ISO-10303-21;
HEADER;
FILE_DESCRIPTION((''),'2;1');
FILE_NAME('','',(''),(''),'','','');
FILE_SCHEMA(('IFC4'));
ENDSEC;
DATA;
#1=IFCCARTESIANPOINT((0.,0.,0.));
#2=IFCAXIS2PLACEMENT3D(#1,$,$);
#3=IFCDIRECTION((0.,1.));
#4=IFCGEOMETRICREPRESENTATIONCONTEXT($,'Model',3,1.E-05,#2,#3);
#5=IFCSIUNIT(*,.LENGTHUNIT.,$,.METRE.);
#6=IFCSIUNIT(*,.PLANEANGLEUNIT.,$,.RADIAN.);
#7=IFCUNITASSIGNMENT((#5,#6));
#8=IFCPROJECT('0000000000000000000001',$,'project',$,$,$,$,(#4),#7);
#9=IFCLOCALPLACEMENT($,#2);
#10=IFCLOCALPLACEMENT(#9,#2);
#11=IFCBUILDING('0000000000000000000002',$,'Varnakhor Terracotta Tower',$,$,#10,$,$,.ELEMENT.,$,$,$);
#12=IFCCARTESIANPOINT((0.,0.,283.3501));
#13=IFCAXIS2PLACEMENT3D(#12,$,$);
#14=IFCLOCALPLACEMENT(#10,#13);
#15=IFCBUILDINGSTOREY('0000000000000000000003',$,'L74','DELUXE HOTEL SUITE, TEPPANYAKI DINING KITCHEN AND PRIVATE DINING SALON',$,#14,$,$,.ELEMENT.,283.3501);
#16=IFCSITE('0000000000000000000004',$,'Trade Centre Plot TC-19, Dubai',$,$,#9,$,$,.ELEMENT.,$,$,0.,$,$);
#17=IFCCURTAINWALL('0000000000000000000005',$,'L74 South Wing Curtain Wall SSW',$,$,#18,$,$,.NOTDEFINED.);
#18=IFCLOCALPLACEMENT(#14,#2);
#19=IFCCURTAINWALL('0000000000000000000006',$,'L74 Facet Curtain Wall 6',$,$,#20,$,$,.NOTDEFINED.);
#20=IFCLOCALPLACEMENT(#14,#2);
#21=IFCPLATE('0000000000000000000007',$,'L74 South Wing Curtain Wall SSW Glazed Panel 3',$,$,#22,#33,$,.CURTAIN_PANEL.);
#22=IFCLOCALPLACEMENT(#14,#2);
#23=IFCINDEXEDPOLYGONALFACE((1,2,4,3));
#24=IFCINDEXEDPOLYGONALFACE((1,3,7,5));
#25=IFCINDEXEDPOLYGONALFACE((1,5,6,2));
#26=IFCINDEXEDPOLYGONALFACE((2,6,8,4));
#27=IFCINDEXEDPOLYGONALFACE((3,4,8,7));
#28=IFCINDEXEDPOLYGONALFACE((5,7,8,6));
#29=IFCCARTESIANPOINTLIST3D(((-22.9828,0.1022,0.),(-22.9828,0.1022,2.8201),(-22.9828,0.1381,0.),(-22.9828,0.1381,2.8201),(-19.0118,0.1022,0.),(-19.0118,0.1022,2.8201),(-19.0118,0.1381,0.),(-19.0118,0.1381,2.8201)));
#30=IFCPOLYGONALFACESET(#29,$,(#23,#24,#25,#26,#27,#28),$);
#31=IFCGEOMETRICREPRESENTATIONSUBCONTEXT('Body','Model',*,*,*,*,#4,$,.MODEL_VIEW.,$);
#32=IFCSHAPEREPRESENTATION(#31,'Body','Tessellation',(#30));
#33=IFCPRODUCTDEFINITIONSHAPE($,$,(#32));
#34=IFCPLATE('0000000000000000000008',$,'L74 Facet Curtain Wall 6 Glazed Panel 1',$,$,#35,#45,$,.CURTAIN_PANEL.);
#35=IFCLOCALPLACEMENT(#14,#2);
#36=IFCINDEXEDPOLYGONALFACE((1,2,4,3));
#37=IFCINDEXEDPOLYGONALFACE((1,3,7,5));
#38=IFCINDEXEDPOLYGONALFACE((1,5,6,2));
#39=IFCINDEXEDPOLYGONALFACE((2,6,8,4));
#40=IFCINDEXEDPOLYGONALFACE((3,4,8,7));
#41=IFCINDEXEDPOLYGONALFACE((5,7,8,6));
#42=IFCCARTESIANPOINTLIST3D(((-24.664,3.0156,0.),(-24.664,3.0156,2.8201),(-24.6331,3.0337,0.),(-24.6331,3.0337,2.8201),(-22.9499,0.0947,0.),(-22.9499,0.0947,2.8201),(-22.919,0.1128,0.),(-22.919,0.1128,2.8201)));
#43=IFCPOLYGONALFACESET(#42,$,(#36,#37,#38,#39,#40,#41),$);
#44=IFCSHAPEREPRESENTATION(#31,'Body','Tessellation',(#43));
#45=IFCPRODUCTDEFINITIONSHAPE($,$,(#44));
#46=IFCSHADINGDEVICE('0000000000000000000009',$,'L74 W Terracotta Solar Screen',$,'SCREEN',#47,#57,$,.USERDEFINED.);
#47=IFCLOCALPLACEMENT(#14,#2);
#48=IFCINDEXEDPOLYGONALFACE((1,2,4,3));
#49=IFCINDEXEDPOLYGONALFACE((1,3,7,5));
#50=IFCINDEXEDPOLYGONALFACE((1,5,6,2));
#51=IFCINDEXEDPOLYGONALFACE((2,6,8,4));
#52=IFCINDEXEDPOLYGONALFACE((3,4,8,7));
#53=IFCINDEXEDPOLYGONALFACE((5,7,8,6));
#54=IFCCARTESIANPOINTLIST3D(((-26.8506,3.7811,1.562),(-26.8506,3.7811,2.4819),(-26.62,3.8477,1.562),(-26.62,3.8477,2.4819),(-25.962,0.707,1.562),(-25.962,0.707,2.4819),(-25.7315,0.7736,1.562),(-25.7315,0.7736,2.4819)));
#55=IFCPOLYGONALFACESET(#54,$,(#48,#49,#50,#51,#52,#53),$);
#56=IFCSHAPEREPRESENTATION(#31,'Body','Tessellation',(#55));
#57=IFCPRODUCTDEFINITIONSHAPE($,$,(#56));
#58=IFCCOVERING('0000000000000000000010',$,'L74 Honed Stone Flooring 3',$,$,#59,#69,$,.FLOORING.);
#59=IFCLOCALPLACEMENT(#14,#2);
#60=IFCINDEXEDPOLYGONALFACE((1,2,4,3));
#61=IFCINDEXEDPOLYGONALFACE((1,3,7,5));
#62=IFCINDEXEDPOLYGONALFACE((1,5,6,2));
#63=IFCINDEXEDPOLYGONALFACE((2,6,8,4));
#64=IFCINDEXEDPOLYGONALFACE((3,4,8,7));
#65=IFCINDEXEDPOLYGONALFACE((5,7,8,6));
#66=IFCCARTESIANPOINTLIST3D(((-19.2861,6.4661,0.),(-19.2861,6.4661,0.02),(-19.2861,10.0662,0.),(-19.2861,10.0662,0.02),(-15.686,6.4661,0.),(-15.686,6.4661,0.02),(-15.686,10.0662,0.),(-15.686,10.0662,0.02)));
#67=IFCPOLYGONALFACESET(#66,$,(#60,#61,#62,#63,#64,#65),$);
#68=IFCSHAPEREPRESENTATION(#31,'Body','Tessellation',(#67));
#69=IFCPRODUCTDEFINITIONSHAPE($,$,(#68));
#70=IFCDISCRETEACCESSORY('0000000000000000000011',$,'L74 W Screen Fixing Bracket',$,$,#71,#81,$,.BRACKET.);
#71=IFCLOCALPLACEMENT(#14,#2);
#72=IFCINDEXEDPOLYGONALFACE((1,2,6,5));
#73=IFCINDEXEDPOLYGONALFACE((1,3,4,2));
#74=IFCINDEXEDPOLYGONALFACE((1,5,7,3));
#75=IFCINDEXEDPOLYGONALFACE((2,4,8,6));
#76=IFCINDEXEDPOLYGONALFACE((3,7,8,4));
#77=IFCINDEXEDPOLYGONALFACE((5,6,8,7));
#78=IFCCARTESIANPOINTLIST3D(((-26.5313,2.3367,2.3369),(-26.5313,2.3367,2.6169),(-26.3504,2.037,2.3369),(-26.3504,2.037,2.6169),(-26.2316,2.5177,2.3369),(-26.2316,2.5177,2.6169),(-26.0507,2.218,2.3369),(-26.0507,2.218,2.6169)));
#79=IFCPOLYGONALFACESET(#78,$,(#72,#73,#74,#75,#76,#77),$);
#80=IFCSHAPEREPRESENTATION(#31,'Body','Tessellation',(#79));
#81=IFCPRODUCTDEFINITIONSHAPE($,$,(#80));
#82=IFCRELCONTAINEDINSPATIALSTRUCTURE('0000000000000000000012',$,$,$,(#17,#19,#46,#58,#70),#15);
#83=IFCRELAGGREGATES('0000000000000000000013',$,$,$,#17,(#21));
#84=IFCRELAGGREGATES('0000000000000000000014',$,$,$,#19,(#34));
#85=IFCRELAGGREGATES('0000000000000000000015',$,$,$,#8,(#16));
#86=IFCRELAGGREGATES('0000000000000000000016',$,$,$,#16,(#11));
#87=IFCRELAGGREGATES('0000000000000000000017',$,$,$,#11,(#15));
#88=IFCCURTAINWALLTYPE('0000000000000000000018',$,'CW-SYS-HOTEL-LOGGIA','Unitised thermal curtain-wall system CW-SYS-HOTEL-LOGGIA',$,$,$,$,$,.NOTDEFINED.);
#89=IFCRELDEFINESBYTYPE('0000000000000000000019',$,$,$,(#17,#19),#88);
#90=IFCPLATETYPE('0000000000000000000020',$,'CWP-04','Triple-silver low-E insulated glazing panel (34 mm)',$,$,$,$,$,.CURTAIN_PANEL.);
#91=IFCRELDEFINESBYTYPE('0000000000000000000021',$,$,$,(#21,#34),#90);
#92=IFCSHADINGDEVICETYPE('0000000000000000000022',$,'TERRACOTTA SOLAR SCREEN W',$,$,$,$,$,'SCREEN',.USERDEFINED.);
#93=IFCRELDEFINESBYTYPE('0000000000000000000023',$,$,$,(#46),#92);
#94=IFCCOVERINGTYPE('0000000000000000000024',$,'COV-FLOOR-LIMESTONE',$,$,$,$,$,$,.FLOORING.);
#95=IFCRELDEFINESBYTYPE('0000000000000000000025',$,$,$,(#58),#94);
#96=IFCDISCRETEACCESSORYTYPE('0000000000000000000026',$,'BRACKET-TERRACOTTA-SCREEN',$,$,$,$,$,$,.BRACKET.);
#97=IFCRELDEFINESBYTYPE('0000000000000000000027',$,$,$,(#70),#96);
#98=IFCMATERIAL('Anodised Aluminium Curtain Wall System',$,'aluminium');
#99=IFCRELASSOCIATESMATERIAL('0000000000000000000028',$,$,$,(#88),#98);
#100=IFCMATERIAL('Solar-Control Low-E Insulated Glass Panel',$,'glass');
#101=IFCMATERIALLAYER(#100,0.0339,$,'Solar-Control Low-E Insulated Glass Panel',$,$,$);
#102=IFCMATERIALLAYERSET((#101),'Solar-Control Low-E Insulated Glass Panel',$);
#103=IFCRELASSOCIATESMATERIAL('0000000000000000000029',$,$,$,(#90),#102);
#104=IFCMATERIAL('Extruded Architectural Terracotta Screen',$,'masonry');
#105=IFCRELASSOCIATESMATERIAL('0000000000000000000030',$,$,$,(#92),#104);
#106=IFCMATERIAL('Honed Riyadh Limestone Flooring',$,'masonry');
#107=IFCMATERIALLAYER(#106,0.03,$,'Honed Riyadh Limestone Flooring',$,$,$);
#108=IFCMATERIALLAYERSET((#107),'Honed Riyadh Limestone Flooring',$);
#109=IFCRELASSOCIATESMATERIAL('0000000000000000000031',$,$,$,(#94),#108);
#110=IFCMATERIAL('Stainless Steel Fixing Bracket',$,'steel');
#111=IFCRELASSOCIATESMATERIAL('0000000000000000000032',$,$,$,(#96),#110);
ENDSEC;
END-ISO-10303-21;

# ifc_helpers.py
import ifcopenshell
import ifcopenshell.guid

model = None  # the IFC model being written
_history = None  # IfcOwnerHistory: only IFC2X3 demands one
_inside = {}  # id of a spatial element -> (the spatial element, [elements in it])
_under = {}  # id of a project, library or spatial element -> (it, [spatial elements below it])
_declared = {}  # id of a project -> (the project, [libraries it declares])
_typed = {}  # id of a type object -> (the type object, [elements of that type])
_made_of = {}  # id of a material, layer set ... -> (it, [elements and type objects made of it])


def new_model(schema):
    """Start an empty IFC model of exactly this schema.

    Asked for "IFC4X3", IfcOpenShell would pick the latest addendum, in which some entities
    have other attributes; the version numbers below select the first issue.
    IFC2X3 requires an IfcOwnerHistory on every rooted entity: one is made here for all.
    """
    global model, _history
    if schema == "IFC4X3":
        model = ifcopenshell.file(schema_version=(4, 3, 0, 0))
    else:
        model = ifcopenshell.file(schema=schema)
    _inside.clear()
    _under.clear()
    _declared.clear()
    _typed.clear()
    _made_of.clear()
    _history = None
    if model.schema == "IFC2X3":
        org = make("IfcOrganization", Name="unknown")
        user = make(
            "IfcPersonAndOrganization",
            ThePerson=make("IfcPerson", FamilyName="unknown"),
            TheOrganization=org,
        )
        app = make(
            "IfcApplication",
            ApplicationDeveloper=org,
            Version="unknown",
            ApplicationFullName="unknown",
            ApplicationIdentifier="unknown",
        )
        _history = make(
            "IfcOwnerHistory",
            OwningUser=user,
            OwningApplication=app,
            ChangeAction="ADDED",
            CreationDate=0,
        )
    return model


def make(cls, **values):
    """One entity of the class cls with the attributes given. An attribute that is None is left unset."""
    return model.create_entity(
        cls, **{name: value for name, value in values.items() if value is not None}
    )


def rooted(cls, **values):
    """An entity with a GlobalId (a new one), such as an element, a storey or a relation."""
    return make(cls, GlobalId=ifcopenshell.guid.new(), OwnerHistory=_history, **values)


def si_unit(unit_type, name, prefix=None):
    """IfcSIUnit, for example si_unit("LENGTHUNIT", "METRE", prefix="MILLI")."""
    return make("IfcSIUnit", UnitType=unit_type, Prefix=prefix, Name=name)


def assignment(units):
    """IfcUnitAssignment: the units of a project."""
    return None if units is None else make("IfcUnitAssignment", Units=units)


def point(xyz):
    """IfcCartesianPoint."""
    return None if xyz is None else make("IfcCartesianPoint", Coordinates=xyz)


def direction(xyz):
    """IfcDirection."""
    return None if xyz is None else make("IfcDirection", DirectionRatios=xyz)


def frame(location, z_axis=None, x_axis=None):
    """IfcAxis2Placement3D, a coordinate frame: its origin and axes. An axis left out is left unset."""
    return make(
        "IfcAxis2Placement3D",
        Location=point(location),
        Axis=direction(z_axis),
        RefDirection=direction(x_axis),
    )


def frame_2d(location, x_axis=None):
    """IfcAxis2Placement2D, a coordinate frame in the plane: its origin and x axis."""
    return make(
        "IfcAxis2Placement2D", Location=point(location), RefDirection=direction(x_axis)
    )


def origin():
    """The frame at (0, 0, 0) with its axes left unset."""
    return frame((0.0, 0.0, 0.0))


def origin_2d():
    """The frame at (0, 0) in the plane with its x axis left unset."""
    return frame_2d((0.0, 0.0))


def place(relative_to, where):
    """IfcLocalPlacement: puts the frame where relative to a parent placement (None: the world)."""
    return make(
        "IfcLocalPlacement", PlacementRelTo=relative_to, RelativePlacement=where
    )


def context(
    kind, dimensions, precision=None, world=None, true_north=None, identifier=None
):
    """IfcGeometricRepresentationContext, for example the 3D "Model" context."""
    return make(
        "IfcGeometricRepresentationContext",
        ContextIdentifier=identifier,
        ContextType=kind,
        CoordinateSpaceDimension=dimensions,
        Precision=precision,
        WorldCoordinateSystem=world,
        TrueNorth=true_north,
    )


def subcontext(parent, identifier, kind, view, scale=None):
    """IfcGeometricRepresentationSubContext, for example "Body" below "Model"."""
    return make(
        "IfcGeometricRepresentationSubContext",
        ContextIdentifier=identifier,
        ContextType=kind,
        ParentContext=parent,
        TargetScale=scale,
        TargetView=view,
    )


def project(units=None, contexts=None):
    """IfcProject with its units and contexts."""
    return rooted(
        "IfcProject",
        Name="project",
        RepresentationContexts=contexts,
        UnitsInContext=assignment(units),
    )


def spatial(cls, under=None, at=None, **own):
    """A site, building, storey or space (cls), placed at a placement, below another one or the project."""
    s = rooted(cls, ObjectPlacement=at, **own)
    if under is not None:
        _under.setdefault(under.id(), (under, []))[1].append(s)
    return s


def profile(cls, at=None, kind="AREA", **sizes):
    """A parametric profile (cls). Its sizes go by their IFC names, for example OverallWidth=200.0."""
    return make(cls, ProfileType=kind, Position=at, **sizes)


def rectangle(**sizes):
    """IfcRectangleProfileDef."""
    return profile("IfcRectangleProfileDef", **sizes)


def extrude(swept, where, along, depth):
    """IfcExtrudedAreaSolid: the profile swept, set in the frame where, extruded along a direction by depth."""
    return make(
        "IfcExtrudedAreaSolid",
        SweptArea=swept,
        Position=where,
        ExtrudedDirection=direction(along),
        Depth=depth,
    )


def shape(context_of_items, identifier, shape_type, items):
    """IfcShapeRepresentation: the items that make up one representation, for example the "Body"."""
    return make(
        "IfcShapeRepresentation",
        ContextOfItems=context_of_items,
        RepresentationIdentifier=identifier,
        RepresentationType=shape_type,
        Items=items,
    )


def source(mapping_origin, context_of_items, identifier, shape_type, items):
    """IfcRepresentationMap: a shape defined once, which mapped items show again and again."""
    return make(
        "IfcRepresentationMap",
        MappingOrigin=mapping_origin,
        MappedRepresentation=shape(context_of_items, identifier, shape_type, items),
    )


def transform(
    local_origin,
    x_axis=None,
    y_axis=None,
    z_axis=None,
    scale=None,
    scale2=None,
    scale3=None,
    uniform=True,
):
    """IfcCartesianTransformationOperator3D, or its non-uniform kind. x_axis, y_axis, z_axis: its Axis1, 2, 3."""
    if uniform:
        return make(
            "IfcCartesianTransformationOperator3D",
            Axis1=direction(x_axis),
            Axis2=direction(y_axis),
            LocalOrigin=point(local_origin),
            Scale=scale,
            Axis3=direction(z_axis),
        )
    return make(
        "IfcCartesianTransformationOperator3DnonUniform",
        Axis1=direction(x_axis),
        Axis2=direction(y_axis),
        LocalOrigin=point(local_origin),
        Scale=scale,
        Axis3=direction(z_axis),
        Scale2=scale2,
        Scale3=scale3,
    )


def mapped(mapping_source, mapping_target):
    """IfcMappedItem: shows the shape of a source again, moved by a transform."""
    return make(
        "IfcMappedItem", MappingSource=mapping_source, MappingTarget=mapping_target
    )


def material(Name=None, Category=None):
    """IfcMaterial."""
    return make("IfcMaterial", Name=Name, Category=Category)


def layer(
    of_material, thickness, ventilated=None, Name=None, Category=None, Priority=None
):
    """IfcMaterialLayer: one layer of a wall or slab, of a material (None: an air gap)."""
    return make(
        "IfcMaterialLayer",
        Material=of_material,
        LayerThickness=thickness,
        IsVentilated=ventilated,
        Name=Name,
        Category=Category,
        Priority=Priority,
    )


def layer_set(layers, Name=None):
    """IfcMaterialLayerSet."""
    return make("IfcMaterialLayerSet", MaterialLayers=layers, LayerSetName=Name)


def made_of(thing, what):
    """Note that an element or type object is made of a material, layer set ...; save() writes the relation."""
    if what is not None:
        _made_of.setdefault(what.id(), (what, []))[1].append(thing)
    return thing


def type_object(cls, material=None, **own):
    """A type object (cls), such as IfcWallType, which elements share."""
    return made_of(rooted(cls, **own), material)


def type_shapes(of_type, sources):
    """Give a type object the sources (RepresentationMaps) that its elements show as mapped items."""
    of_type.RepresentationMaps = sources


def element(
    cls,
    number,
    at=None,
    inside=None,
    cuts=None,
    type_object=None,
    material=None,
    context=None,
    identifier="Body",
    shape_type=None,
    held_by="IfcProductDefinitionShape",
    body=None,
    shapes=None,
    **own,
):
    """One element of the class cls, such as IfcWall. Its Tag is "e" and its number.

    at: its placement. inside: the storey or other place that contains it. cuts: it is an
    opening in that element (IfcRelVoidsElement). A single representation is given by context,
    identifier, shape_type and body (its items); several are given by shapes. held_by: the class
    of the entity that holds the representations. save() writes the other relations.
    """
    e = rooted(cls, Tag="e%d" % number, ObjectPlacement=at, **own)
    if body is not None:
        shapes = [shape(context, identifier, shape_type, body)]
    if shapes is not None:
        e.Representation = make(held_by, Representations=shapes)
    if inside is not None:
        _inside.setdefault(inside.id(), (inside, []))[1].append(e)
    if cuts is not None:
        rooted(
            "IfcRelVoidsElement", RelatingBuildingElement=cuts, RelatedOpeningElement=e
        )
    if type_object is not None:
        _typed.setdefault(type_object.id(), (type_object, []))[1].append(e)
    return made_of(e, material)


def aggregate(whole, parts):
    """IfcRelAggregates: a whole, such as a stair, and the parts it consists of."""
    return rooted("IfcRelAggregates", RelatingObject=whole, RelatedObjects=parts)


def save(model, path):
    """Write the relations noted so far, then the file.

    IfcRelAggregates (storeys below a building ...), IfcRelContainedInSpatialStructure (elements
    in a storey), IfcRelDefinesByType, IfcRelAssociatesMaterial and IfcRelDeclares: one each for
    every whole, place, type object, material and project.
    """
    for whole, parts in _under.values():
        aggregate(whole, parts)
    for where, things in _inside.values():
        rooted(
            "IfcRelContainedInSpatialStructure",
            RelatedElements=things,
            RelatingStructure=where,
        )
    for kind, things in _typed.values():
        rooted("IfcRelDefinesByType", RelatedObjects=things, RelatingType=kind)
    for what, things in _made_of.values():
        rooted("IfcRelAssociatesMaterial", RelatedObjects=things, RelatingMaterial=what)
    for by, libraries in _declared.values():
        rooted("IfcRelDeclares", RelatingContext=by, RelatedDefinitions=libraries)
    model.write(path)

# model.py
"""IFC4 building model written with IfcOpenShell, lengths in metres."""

from ifc_helpers import new_model, si_unit, direction, frame, origin, origin_2d, place, context, subcontext, project, spatial, rectangle, extrude, source, transform, mapped, material, layer, layer_set, type_object, type_shapes, element, aggregate, save


model = new_model("IFC4")

# Units and contexts
model_context = context("Model", 3, precision=1e-05, world=origin(), true_north=direction((0.0, 1.0)))
body_context = subcontext(model_context, "Body", "Model", "MODEL_VIEW")
ifc_project = project(units=[si_unit("LENGTHUNIT", "METRE"), si_unit("PLANEANGLEUNIT", "RADIAN")], contexts=[model_context])

# Site, building, storey
site_placement = place(None, origin())
site = spatial("IfcSite", under=ifc_project, at=site_placement, Name="Trade Centre Plot TC-19, Dubai", CompositionType="ELEMENT", RefElevation=0.0)
building_placement = place(site_placement, origin())
building = spatial("IfcBuilding", under=site, at=building_placement, Name="Varnakhor Terracotta Tower", CompositionType="ELEMENT")
storey_placement = place(building_placement, frame((0.0, 0.0, 283.3501)))
storey = spatial("IfcBuildingStorey", under=building, at=storey_placement, Name="L74", Description="DELUXE HOTEL SUITE, TEPPANYAKI DINING KITCHEN AND PRIVATE DINING SALON", CompositionType="ELEMENT", Elevation=283.3501)

# Curtain wall
ifc_material_1 = material(Name="Anodised Aluminium Curtain Wall System", Category="aluminium")
curtain_wall_type = type_object("IfcCurtainWallType", Name="CW-SYS-HOTEL-LOGGIA", Description="Unitised thermal curtain-wall system CW-SYS-HOTEL-LOGGIA", PredefinedType="NOTDEFINED", material=ifc_material_1)
curtain_wall_1_placement = place(storey_placement, origin())
curtain_wall_1 = element("IfcCurtainWall", 1, at=curtain_wall_1_placement, inside=storey, type_object=curtain_wall_type, Name="L74 South Wing Curtain Wall SSW", PredefinedType="NOTDEFINED")

# Curtain wall
curtain_wall_2_placement = place(storey_placement, origin())
curtain_wall_2 = element("IfcCurtainWall", 2, at=curtain_wall_2_placement, inside=storey, type_object=curtain_wall_type, Name="L74 Facet Curtain Wall 6", PredefinedType="NOTDEFINED")

# Plates
ifc_material_2 = material(Name="Solar-Control Low-E Insulated Glass Panel", Category="glass")
ifc_layer_1 = layer(ifc_material_2, 0.0339, Name="Solar-Control Low-E Insulated Glass Panel")
ifc_layer_set_1 = layer_set([ifc_layer_1], Name="Solar-Control Low-E Insulated Glass Panel")
plate_type = type_object("IfcPlateType", Name="CWP-04", Description="Triple-silver low-E insulated glazing panel (34 mm)", PredefinedType="CURTAIN_PANEL", material=ifc_layer_set_1)
shared_shape_1 = source(origin(), body_context, "Body", "SweptSolid", [
    extrude(rectangle(XDim=3.9709, YDim=0.0359, at=origin_2d()), origin(), (0.0, 0.0, 1.0), 2.8201),
])
plate_1_placement = place(storey_placement, frame((-20.9973, 0.1201, 0.0), z_axis=(0.0, 0.0, 1.0), x_axis=(-1.0, 0.0, 0.0)))
plate_1 = element("IfcPlate", 3, at=plate_1_placement, type_object=plate_type, Name="L74 South Wing Curtain Wall SSW Glazed Panel 3", PredefinedType="CURTAIN_PANEL", context=body_context, shape_type="MappedRepresentation", body=[
    mapped(shared_shape_1, transform((0.0, 0.0, 0.0), scale=1.0)),
])
aggregate(curtain_wall_1, [plate_1])
shared_shape_2 = source(origin(), body_context, "Body", "SweptSolid", [
    extrude(rectangle(XDim=3.3867, YDim=0.0359, at=origin_2d()), origin(), (0.0, 0.0, 1.0), 2.8201),
])
plate_2_placement = place(storey_placement, frame((-23.7915, 1.5642, 0.0), z_axis=(0.0, 0.0, 1.0), x_axis=(-0.506124, 0.862461, 0.0)))
plate_2 = element("IfcPlate", 4, at=plate_2_placement, type_object=plate_type, Name="L74 Facet Curtain Wall 6 Glazed Panel 1", PredefinedType="CURTAIN_PANEL", context=body_context, shape_type="MappedRepresentation", body=[
    mapped(shared_shape_2, transform((0.0, 0.0, 0.0), scale=1.0)),
])
aggregate(curtain_wall_2, [plate_2])

# Shading device
ifc_material_3 = material(Name="Extruded Architectural Terracotta Screen", Category="masonry")
shading_device_type = type_object("IfcShadingDeviceType", Name="TERRACOTTA SOLAR SCREEN W", ElementType="SCREEN", PredefinedType="USERDEFINED", material=ifc_material_3)
shared_shape_3 = source(origin(), body_context, "Body", "SweptSolid", [
    extrude(rectangle(XDim=3.2, YDim=0.24, at=origin_2d()), origin(), (0.0, 0.0, 1.0), 0.9199),
])
type_shapes(shading_device_type, [shared_shape_3])
shading_device_placement = place(storey_placement, frame((-26.291, 2.2773, 1.562), z_axis=(0.0, 0.0, 1.0), x_axis=(0.277684, -0.960673, 0.0)))
element("IfcShadingDevice", 5, at=shading_device_placement, inside=storey, type_object=shading_device_type, Name="L74 W Terracotta Solar Screen", ObjectType="SCREEN", PredefinedType="USERDEFINED", context=body_context, shape_type="MappedRepresentation", body=[
    mapped(shared_shape_3, transform((0.0, 0.0, 0.0), scale=1.0)),
])

# Covering
ifc_material_4 = material(Name="Honed Riyadh Limestone Flooring", Category="masonry")
ifc_layer_2 = layer(ifc_material_4, 0.03, Name="Honed Riyadh Limestone Flooring")
ifc_layer_set_2 = layer_set([ifc_layer_2], Name="Honed Riyadh Limestone Flooring")
covering_type = type_object("IfcCoveringType", Name="COV-FLOOR-LIMESTONE", PredefinedType="FLOORING", material=ifc_layer_set_2)
shared_shape_4 = source(origin(), body_context, "Body", "SweptSolid", [
    extrude(rectangle(XDim=3.6001, YDim=3.6001, at=origin_2d()), origin(), (0.0, 0.0, 1.0), 0.02),
])
covering_placement = place(storey_placement, frame((-17.4861, 8.2661, 0.0), z_axis=(0.0, 0.0, 1.0), x_axis=(1.0, 0.0, 0.0)))
element("IfcCovering", 6, at=covering_placement, inside=storey, type_object=covering_type, Name="L74 Honed Stone Flooring 3", PredefinedType="FLOORING", context=body_context, shape_type="MappedRepresentation", body=[
    mapped(shared_shape_4, transform((0.0, 0.0, 0.0), scale=1.0)),
])

# Discrete accessory
ifc_material_5 = material(Name="Stainless Steel Fixing Bracket", Category="steel")
discrete_accessory_type = type_object("IfcDiscreteAccessoryType", Name="BRACKET-TERRACOTTA-SCREEN", PredefinedType="BRACKET", material=ifc_material_5)
shared_shape_5 = source(origin(), body_context, "Body", "SweptSolid", [
    extrude(rectangle(XDim=0.3501, YDim=0.3501, at=origin_2d()), origin(), (0.0, 0.0, 1.0), 0.28),
])
type_shapes(discrete_accessory_type, [shared_shape_5])
discrete_accessory_placement = place(storey_placement, frame((-26.291, 2.2773, 2.3369), z_axis=(0.0, 0.0, 1.0), x_axis=(0.516862, -0.856069, 0.0)))
element("IfcDiscreteAccessory", 7, at=discrete_accessory_placement, inside=storey, type_object=discrete_accessory_type, Name="L74 W Screen Fixing Bracket", PredefinedType="BRACKET", context=body_context, shape_type="MappedRepresentation", body=[
    mapped(shared_shape_5, transform((0.0, 0.0, 0.0), scale=1.0)),
])

save(model, "model.ifc")
